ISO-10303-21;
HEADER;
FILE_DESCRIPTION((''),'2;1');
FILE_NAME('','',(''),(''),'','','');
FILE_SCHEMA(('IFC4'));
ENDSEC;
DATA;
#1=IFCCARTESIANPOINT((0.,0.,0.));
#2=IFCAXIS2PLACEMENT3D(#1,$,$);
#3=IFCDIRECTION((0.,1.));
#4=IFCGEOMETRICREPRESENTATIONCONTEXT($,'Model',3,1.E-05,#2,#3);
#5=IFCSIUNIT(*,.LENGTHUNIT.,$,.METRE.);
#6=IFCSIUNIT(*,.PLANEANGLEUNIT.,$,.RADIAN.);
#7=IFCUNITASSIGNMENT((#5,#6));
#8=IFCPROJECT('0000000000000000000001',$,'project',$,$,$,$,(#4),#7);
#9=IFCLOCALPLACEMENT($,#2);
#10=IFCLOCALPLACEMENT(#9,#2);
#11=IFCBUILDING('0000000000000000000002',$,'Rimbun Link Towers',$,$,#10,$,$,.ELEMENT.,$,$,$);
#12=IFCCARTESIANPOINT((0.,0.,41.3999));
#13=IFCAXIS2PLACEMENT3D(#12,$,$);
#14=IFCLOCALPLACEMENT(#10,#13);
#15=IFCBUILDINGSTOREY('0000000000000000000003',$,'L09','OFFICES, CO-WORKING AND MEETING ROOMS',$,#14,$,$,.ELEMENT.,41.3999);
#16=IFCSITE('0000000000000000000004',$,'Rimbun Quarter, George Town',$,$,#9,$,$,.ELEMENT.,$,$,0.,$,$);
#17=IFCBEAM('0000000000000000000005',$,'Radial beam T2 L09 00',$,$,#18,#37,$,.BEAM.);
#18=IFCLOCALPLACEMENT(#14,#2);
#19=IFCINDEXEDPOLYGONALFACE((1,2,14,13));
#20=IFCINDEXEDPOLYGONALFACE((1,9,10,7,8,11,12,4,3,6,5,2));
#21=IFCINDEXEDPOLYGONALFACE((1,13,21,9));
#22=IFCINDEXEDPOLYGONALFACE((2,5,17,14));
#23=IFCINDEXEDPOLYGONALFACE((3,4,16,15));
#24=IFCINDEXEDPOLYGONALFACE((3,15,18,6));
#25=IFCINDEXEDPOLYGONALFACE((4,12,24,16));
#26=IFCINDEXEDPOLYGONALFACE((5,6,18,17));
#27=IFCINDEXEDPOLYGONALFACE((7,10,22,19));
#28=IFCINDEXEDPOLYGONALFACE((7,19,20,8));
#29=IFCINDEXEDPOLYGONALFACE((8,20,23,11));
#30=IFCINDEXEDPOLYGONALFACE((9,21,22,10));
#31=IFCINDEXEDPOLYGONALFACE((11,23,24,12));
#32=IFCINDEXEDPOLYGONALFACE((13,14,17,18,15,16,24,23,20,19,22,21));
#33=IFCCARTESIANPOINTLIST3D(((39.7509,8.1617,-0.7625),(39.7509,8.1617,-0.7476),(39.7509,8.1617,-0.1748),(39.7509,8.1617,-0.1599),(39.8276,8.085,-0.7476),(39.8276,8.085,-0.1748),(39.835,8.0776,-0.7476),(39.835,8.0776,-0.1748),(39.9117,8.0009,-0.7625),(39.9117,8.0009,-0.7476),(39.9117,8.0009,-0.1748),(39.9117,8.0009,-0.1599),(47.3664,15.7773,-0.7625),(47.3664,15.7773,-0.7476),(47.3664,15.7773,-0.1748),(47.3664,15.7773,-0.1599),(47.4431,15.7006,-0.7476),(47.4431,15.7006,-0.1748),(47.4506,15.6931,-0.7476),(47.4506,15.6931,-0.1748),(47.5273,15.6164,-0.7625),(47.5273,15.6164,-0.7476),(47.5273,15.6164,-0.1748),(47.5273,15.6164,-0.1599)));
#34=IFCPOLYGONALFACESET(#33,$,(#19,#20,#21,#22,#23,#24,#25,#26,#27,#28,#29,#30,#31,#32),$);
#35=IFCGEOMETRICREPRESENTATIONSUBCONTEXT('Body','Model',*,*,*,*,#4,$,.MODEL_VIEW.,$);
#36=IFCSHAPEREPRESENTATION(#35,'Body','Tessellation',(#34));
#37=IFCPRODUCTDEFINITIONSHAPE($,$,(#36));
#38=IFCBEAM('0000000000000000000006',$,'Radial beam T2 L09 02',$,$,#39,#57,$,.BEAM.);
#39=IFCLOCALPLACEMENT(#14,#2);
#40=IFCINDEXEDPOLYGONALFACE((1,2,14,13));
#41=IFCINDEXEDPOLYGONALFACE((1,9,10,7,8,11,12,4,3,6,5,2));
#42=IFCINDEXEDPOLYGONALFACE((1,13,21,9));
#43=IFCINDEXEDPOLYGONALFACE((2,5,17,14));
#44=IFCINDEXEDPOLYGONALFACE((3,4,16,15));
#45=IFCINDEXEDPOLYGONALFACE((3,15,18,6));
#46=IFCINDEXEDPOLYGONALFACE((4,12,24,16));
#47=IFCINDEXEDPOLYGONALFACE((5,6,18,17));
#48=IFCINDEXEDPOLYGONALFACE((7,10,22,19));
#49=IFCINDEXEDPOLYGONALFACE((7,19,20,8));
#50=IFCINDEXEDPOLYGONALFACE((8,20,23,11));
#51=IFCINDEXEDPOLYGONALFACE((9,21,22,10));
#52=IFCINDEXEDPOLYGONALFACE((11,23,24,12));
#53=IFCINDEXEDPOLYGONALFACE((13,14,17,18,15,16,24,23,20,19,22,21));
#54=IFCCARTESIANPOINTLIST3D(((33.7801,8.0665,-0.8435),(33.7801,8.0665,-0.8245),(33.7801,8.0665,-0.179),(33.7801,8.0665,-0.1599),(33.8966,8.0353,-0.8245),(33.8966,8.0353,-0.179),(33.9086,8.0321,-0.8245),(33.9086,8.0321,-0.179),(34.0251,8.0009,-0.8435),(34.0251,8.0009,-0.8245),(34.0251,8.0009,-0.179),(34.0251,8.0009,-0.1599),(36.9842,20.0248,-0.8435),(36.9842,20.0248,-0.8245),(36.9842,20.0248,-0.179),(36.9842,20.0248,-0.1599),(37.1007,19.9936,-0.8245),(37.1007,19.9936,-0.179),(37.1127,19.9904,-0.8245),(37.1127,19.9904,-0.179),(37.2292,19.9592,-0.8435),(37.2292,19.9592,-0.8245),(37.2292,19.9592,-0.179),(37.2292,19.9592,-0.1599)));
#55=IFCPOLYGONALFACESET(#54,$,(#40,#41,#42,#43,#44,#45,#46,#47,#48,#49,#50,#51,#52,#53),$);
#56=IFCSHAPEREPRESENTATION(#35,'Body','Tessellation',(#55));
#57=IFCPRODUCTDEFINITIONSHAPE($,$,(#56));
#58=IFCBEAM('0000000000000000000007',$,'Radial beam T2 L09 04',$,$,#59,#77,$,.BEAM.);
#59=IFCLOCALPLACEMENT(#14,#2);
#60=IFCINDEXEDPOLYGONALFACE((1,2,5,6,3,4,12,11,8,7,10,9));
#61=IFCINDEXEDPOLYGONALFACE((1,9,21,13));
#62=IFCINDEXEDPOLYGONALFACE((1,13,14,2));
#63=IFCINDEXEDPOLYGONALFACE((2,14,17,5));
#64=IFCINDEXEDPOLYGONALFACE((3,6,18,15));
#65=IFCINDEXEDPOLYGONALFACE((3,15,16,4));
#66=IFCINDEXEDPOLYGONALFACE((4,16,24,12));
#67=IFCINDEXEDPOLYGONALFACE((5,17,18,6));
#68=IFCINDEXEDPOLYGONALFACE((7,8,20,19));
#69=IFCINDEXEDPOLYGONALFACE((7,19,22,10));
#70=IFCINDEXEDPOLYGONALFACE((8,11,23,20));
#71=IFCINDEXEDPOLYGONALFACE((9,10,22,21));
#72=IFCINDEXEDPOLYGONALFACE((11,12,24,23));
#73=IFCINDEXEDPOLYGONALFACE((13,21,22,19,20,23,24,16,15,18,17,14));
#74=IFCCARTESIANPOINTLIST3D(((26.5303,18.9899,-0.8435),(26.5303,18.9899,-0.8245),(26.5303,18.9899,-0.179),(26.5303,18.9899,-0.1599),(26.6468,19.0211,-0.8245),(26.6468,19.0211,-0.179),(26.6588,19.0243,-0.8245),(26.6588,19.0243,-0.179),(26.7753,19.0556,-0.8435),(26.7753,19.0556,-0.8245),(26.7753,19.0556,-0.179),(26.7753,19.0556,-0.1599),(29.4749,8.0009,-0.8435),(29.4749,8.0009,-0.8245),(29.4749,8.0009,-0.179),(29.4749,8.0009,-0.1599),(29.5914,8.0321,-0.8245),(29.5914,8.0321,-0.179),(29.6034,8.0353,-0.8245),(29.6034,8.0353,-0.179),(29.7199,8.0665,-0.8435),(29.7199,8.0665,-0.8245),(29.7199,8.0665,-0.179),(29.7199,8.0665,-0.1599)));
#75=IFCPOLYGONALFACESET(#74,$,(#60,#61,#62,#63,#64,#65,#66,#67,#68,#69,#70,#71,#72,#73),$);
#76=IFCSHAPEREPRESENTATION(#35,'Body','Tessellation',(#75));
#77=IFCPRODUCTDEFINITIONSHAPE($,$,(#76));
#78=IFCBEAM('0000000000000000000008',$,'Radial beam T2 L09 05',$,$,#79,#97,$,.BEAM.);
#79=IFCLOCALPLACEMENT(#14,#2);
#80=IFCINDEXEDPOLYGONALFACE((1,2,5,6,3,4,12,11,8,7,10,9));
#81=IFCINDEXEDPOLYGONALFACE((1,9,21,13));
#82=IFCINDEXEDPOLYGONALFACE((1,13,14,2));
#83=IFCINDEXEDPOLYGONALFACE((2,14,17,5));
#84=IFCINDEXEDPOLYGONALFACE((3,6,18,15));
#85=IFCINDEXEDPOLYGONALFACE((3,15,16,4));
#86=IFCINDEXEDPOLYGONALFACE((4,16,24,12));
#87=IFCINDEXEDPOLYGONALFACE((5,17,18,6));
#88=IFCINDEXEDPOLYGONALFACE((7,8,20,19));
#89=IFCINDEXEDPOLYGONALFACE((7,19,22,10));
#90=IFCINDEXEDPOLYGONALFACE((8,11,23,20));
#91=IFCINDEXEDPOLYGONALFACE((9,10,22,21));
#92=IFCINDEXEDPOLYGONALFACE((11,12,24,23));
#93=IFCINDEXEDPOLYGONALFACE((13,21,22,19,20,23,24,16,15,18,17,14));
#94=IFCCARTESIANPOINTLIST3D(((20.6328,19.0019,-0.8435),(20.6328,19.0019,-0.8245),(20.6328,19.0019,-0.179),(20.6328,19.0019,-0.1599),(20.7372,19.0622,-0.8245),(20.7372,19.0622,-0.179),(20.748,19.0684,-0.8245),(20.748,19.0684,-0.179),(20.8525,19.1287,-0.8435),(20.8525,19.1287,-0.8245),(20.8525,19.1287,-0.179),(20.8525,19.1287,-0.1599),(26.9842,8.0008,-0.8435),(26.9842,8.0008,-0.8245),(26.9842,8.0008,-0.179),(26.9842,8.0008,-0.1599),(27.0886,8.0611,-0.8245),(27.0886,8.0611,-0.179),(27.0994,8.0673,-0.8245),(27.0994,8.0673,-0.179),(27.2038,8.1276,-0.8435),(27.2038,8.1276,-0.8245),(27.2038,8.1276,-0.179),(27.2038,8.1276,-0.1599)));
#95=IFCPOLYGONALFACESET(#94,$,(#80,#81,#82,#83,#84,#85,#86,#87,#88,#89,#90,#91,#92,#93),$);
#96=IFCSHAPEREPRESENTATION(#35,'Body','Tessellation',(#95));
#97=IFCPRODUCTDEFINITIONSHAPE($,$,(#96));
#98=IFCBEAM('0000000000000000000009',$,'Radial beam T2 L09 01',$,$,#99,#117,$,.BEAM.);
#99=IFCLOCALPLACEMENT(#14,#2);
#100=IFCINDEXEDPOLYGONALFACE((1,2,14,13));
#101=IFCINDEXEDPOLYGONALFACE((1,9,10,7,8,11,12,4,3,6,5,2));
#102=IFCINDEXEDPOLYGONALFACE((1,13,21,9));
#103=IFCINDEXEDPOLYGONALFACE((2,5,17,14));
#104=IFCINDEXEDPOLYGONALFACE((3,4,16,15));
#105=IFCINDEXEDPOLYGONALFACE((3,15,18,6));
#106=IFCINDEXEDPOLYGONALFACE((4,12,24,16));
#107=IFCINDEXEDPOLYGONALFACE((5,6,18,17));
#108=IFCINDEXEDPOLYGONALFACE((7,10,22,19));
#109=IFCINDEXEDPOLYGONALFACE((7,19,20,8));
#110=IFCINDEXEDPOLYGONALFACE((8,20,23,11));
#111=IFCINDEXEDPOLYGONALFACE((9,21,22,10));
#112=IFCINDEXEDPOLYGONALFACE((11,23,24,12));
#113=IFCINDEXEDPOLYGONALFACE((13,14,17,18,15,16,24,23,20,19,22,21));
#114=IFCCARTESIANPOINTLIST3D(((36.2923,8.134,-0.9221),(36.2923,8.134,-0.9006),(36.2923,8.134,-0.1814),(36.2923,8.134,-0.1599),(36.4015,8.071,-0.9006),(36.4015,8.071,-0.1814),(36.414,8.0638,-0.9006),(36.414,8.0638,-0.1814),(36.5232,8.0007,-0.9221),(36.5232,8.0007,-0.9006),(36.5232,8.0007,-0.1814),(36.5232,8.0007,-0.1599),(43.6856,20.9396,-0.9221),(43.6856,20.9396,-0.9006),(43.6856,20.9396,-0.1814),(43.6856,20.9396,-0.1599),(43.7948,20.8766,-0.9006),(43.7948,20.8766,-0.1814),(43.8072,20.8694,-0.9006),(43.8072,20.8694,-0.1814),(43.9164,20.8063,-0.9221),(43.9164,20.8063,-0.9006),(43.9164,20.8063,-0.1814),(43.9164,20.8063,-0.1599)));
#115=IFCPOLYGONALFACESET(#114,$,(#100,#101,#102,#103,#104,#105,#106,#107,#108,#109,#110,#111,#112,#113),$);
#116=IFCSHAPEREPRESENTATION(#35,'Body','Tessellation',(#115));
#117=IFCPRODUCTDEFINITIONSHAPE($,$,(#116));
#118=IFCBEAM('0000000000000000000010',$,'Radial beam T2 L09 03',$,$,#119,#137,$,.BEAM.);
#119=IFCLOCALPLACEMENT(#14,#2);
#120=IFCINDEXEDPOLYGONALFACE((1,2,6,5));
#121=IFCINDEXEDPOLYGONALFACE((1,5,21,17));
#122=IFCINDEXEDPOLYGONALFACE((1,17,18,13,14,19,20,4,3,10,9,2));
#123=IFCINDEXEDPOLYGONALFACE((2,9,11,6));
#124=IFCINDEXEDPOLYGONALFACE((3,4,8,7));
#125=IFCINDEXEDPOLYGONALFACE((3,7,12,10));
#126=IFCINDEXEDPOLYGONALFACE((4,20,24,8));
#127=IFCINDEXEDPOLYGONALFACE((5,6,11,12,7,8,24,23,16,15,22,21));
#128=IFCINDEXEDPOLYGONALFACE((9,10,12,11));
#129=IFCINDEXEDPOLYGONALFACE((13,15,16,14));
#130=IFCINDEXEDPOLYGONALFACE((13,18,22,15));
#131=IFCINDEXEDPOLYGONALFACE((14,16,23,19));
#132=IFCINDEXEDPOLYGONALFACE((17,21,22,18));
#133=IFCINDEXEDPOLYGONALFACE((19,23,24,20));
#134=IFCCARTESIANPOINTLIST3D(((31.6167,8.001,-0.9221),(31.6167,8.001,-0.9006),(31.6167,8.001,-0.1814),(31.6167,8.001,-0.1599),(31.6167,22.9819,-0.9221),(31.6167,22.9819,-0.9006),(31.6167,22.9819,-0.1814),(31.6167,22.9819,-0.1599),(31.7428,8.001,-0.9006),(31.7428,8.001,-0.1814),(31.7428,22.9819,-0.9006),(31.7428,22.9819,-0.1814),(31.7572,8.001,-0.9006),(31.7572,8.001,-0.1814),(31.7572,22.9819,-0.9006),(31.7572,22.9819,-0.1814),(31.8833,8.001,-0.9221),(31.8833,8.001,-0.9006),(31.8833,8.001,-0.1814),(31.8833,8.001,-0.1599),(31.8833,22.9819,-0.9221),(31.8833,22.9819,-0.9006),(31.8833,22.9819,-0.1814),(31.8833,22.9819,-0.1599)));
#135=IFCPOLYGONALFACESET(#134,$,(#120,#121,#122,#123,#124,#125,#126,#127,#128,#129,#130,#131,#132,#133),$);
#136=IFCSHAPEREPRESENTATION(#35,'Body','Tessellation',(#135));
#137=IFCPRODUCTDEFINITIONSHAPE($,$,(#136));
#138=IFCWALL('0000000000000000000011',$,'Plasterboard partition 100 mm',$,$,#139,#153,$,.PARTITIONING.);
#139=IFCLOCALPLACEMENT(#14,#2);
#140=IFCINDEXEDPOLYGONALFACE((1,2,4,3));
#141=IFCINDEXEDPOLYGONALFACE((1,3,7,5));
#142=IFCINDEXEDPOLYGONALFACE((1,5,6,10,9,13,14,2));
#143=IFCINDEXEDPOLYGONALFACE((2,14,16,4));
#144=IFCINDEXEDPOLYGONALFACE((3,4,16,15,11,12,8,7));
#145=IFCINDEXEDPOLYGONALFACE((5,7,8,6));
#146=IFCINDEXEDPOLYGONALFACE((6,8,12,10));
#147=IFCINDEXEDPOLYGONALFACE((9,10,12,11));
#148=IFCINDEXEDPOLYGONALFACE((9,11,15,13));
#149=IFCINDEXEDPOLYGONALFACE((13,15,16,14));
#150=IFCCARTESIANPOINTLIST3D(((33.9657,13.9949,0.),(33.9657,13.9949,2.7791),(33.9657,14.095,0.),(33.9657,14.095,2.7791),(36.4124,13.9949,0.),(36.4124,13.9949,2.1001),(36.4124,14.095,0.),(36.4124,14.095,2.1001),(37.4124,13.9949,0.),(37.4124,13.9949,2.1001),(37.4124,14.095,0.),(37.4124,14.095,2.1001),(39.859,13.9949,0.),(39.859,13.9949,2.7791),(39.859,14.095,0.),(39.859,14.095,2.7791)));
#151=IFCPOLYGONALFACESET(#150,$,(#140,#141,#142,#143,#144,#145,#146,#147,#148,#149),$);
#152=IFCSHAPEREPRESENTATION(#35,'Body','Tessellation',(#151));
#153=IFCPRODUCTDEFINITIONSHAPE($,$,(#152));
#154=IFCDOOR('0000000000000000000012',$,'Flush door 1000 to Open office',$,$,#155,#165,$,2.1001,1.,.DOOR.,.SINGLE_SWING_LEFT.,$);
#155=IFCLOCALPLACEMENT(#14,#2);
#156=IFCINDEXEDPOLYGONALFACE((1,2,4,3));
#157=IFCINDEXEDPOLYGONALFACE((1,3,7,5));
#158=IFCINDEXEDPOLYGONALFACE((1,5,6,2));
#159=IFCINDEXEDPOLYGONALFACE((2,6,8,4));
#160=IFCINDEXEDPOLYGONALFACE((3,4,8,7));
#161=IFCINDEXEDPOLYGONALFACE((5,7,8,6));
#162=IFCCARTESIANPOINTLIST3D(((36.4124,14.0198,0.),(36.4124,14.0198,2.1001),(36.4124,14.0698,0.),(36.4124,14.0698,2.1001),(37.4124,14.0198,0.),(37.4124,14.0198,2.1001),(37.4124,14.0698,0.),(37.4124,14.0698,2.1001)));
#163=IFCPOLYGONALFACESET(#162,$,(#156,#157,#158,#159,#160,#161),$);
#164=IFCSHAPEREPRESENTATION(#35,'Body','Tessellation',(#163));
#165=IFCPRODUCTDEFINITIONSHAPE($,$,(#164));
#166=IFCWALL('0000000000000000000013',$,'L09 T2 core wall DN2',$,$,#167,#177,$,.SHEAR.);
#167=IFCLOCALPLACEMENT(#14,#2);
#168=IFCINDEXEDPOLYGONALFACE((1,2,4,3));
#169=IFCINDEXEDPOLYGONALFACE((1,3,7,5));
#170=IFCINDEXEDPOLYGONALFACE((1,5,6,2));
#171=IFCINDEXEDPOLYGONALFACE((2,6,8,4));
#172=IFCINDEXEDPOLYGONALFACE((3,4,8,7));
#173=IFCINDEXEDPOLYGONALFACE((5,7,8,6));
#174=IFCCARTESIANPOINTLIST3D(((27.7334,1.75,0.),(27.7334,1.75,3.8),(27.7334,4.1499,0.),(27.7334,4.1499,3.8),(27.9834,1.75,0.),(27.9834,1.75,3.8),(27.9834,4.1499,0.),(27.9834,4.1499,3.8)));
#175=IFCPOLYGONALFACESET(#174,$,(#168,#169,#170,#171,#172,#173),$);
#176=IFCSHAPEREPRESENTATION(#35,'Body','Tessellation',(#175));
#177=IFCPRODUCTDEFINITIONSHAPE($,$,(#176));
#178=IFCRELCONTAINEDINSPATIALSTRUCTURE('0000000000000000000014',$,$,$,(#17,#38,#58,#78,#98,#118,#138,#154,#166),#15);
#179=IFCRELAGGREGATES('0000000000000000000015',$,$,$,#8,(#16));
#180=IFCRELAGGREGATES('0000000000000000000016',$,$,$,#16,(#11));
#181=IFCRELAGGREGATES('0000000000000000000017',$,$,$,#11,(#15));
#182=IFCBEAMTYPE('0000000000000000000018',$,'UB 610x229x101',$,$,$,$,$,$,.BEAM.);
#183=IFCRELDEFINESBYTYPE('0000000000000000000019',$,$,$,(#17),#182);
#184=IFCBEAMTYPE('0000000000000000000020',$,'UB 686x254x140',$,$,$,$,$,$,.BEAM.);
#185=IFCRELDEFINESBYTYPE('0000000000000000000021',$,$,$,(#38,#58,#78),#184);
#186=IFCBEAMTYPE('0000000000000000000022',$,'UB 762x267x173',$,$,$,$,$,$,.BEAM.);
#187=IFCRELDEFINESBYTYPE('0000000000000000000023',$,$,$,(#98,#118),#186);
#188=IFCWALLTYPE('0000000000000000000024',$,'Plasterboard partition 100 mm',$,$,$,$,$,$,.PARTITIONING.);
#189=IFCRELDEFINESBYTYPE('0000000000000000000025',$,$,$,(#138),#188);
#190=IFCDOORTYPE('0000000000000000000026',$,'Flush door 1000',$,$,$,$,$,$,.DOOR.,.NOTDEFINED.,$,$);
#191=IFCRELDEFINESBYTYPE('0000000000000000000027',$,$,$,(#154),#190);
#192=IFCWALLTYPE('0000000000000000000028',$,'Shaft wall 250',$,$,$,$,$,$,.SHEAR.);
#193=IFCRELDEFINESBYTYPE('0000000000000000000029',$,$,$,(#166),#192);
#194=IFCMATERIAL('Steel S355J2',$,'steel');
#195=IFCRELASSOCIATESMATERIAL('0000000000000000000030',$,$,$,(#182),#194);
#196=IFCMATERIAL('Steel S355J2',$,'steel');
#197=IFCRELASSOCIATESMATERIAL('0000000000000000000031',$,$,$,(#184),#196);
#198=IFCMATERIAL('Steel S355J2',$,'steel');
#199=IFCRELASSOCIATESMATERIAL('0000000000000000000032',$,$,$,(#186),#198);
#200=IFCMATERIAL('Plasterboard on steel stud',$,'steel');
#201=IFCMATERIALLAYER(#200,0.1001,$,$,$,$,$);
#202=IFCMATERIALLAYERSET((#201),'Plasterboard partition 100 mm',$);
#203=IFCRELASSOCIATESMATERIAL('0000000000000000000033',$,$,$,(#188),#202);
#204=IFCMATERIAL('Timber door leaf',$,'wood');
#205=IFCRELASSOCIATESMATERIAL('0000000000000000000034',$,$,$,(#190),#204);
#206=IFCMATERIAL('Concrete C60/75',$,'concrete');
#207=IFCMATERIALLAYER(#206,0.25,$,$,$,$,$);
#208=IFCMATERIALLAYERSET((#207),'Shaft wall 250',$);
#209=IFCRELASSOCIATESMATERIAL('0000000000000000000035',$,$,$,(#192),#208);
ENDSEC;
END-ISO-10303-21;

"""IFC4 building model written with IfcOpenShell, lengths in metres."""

from ifc_helpers import new_model, si_unit, direction, frame, frame_2d, origin, origin_2d, place, context, subcontext, project, spatial, rectangle, i_section, extrude, material, layer, layer_set, material_profile, profile_set, type_object, element, fill, save


model = new_model("IFC4")

# Units and contexts
model_context = context("Model", 3, precision=1e-05, world=origin(), true_north=direction((0.0, 1.0)))
body_context = subcontext(model_context, "Body", "Model", "MODEL_VIEW")
ifc_project = project(units=[si_unit("LENGTHUNIT", "METRE"), si_unit("PLANEANGLEUNIT", "RADIAN")], contexts=[model_context])

# Site, building, storey
site_placement = place(None, origin())
site = spatial("IfcSite", under=ifc_project, at=site_placement, Name="Rimbun Quarter, George Town", CompositionType="ELEMENT", RefElevation=0.0)
building_placement = place(site_placement, origin())
building = spatial("IfcBuilding", under=site, at=building_placement, Name="Rimbun Link Towers", CompositionType="ELEMENT")
storey_placement = place(building_placement, frame((0.0, 0.0, 41.3999)))
storey = spatial("IfcBuildingStorey", under=building, at=storey_placement, Name="L09", Description="OFFICES, CO-WORKING AND MEETING ROOMS", CompositionType="ELEMENT", Elevation=41.3999)

# Beams
ifc_material_1 = material(Name="Steel S355J2", Category="steel")
ifc_material_profile_1 = material_profile(ifc_material_1, i_section(OverallWidth=0.2275, OverallDepth=0.6025, WebThickness=0.0105, FlangeThickness=0.0149, at=origin_2d()), Name="UB 610x229x101")
ifc_profile_set_1 = profile_set([ifc_material_profile_1], Name="Steel S355J2")
beam_type_1 = type_object("IfcBeamType", Name="UB 610x229x101", PredefinedType="BEAM", material=ifc_profile_set_1)
beam_1_placement = place(storey_placement, frame((39.8313, 8.0813, -0.4612), z_axis=(0.707107, 0.707107, 0.0), x_axis=(-0.707107, 0.707107, 0.0)))
element("IfcBeam", 1, at=beam_1_placement, inside=storey, type_object=beam_type_1, Name="Radial beam T2 L09 00", PredefinedType="BEAM", context=body_context, shape_type="SweptSolid", body=[
    extrude(i_section(OverallWidth=0.2275, OverallDepth=0.6025, WebThickness=0.0105, FlangeThickness=0.0149, at=origin_2d()), origin(), (0.0, 0.0, 1.0), 10.77),
])
ifc_material_2 = material(Name="Steel S355J2", Category="steel")
ifc_material_profile_2 = material_profile(ifc_material_2, i_section(OverallWidth=0.2537, OverallDepth=0.6836, WebThickness=0.0125, FlangeThickness=0.019, at=origin_2d()), Name="UB 686x254x140")
ifc_profile_set_2 = profile_set([ifc_material_profile_2], Name="Steel S355J2")
beam_type_2 = type_object("IfcBeamType", Name="UB 686x254x140", PredefinedType="BEAM", material=ifc_profile_set_2)
beam_2_placement = place(storey_placement, frame((33.9026, 8.0337, -0.5017), z_axis=(0.258811, 0.965928, 0.0), x_axis=(-0.965928, 0.258811, 0.0)))
element("IfcBeam", 2, at=beam_2_placement, inside=storey, type_object=beam_type_2, Name="Radial beam T2 L09 02", PredefinedType="BEAM", context=body_context, shape_type="SweptSolid", body=[
    extrude(i_section(OverallWidth=0.2537, OverallDepth=0.6836, WebThickness=0.0125, FlangeThickness=0.019, at=origin_2d()), origin(), (0.0, 0.0, 1.0), 12.3801),
])
beam_3_placement = place(storey_placement, frame((29.5974, 8.0337, -0.5017), z_axis=(-0.258826, 0.965924, 0.0), x_axis=(-0.965924, -0.258826, 0.0)))
element("IfcBeam", 3, at=beam_3_placement, inside=storey, type_object=beam_type_2, Name="Radial beam T2 L09 04", PredefinedType="BEAM", context=body_context, shape_type="SweptSolid", body=[
    extrude(i_section(OverallWidth=0.2537, OverallDepth=0.6836, WebThickness=0.0125, FlangeThickness=0.019, at=origin_2d()), origin(), (0.0, 0.0, 1.0), 11.3767),
])
beam_4_placement = place(storey_placement, frame((27.094, 8.0642, -0.5017), z_axis=(-0.499994, 0.866029, 0.0), x_axis=(-0.866029, -0.499994, 0.0)))
element("IfcBeam", 4, at=beam_4_placement, inside=storey, type_object=beam_type_2, Name="Radial beam T2 L09 05", PredefinedType="BEAM", context=body_context, shape_type="SweptSolid", body=[
    extrude(i_section(OverallWidth=0.2537, OverallDepth=0.6836, WebThickness=0.0125, FlangeThickness=0.019, at=origin_2d()), origin(), (0.0, 0.0, 1.0), 12.7029),
])
ifc_material_3 = material(Name="Steel S355J2", Category="steel")
ifc_material_profile_3 = material_profile(ifc_material_3, i_section(OverallWidth=0.2666, OverallDepth=0.7622, WebThickness=0.0144, FlangeThickness=0.0215, at=origin_2d()), Name="UB 762x267x173")
ifc_profile_set_3 = profile_set([ifc_material_profile_3], Name="Steel S355J2")
beam_type_3 = type_object("IfcBeamType", Name="UB 762x267x173", PredefinedType="BEAM", material=ifc_profile_set_3)
beam_5_placement = place(storey_placement, frame((36.4077, 8.0674, -0.541), z_axis=(0.499998, 0.866027, 0.0), x_axis=(-0.866027, 0.499998, 0.0)))
element("IfcBeam", 5, at=beam_5_placement, inside=storey, type_object=beam_type_3, Name="Radial beam T2 L09 01", PredefinedType="BEAM", context=body_context, shape_type="SweptSolid", body=[
    extrude(i_section(OverallWidth=0.2666, OverallDepth=0.7622, WebThickness=0.0144, FlangeThickness=0.0215, at=origin_2d()), origin(), (0.0, 0.0, 1.0), 14.7866),
])
beam_6_placement = place(storey_placement, frame((31.75, 8.001, -0.541), z_axis=(0.0, 1.0, 0.0), x_axis=(-1.0, 0.0, 0.0)))
element("IfcBeam", 6, at=beam_6_placement, inside=storey, type_object=beam_type_3, Name="Radial beam T2 L09 03", PredefinedType="BEAM", context=body_context, shape_type="SweptSolid", body=[
    extrude(i_section(OverallWidth=0.2666, OverallDepth=0.7622, WebThickness=0.0144, FlangeThickness=0.0215, at=origin_2d()), origin(), (0.0, 0.0, 1.0), 14.981),
])

# Wall, opening, door
ifc_material_4 = material(Name="Plasterboard on steel stud", Category="steel")
ifc_layer_1 = layer(ifc_material_4, 0.1001)
ifc_layer_set_1 = layer_set([ifc_layer_1], Name="Plasterboard partition 100 mm")
wall_type_1 = type_object("IfcWallType", Name="Plasterboard partition 100 mm", PredefinedType="PARTITIONING", material=ifc_layer_set_1)
wall_1_placement = place(storey_placement, frame((33.9656, 14.0449, 0.0), z_axis=(0.0, 0.0, 1.0), x_axis=(1.0, 0.0, 0.0)))
wall_1 = element("IfcWall", 7, at=wall_1_placement, inside=storey, type_object=wall_type_1, Name="Plasterboard partition 100 mm", PredefinedType="PARTITIONING", context=body_context, shape_type="SweptSolid", body=[
    extrude(rectangle(XDim=5.8933, YDim=0.1001, at=frame_2d((2.9468, 0.0))), origin(), (0.0, 0.0, 1.0), 2.7791),
])
opening_1_placement = place(wall_1_placement, frame((2.4468, 0.0, 0.0)))
opening_1 = element("IfcOpeningElement", 8, at=opening_1_placement, cuts=wall_1, PredefinedType="OPENING", context=body_context, shape_type="SweptSolid", body=[
    extrude(rectangle(XDim=1.0, YDim=2.1001, at=frame_2d((0.5, 1.05))), frame((0.0, 0.0601, 0.0), z_axis=(0.0, -1.0, 0.0), x_axis=(1.0, 0.0, 0.0)), (0.0, 0.0, 1.0), 0.1201),
])
ifc_material_5 = material(Name="Timber door leaf", Category="wood")
door_type_1 = type_object("IfcDoorType", Name="Flush door 1000", OperationType="NOTDEFINED", PredefinedType="DOOR", material=ifc_material_5)
door_1_placement = place(opening_1_placement, origin())
door_1 = element("IfcDoor", 9, at=door_1_placement, inside=storey, type_object=door_type_1, Name="Flush door 1000 to Open office", OperationType="SINGLE_SWING_LEFT", OverallHeight=2.1001, OverallWidth=1.0, PredefinedType="DOOR", context=body_context, shape_type="SweptSolid", body=[
    extrude(rectangle(XDim=1.0, YDim=2.1001, at=frame_2d((0.5, 1.05))), frame((0.0, 0.0249, 0.0), z_axis=(0.0, -1.0, 0.0), x_axis=(1.0, 0.0, 0.0)), (0.0, 0.0, 1.0), 0.05),
])
fill(opening_1, door_1)

# Wall
ifc_material_6 = material(Name="Concrete C60/75", Category="concrete")
ifc_layer_2 = layer(ifc_material_6, 0.25)
ifc_layer_set_2 = layer_set([ifc_layer_2], Name="Shaft wall 250")
wall_type_2 = type_object("IfcWallType", Name="Shaft wall 250", PredefinedType="SHEAR", material=ifc_layer_set_2)
for number, where, z_axis, x_axis, name in (
    (10, (27.8584, 1.75, 0.0), (0.0, 0.0, 1.0), (0.0, 1.0, 0.0), "L09 T2 core wall DN2"),
):
    element("IfcWall", number, at=place(storey_placement, frame(where, z_axis=z_axis, x_axis=x_axis)), inside=storey, type_object=wall_type_2, Name=name, PredefinedType="SHEAR", context=body_context, shape_type="SweptSolid", body=[
        extrude(rectangle(XDim=2.3999, YDim=0.25, at=frame_2d((1.2, 0.0))), origin(), (0.0, 0.0, 1.0), 3.8),
    ])

save(model, "model.ifc")
